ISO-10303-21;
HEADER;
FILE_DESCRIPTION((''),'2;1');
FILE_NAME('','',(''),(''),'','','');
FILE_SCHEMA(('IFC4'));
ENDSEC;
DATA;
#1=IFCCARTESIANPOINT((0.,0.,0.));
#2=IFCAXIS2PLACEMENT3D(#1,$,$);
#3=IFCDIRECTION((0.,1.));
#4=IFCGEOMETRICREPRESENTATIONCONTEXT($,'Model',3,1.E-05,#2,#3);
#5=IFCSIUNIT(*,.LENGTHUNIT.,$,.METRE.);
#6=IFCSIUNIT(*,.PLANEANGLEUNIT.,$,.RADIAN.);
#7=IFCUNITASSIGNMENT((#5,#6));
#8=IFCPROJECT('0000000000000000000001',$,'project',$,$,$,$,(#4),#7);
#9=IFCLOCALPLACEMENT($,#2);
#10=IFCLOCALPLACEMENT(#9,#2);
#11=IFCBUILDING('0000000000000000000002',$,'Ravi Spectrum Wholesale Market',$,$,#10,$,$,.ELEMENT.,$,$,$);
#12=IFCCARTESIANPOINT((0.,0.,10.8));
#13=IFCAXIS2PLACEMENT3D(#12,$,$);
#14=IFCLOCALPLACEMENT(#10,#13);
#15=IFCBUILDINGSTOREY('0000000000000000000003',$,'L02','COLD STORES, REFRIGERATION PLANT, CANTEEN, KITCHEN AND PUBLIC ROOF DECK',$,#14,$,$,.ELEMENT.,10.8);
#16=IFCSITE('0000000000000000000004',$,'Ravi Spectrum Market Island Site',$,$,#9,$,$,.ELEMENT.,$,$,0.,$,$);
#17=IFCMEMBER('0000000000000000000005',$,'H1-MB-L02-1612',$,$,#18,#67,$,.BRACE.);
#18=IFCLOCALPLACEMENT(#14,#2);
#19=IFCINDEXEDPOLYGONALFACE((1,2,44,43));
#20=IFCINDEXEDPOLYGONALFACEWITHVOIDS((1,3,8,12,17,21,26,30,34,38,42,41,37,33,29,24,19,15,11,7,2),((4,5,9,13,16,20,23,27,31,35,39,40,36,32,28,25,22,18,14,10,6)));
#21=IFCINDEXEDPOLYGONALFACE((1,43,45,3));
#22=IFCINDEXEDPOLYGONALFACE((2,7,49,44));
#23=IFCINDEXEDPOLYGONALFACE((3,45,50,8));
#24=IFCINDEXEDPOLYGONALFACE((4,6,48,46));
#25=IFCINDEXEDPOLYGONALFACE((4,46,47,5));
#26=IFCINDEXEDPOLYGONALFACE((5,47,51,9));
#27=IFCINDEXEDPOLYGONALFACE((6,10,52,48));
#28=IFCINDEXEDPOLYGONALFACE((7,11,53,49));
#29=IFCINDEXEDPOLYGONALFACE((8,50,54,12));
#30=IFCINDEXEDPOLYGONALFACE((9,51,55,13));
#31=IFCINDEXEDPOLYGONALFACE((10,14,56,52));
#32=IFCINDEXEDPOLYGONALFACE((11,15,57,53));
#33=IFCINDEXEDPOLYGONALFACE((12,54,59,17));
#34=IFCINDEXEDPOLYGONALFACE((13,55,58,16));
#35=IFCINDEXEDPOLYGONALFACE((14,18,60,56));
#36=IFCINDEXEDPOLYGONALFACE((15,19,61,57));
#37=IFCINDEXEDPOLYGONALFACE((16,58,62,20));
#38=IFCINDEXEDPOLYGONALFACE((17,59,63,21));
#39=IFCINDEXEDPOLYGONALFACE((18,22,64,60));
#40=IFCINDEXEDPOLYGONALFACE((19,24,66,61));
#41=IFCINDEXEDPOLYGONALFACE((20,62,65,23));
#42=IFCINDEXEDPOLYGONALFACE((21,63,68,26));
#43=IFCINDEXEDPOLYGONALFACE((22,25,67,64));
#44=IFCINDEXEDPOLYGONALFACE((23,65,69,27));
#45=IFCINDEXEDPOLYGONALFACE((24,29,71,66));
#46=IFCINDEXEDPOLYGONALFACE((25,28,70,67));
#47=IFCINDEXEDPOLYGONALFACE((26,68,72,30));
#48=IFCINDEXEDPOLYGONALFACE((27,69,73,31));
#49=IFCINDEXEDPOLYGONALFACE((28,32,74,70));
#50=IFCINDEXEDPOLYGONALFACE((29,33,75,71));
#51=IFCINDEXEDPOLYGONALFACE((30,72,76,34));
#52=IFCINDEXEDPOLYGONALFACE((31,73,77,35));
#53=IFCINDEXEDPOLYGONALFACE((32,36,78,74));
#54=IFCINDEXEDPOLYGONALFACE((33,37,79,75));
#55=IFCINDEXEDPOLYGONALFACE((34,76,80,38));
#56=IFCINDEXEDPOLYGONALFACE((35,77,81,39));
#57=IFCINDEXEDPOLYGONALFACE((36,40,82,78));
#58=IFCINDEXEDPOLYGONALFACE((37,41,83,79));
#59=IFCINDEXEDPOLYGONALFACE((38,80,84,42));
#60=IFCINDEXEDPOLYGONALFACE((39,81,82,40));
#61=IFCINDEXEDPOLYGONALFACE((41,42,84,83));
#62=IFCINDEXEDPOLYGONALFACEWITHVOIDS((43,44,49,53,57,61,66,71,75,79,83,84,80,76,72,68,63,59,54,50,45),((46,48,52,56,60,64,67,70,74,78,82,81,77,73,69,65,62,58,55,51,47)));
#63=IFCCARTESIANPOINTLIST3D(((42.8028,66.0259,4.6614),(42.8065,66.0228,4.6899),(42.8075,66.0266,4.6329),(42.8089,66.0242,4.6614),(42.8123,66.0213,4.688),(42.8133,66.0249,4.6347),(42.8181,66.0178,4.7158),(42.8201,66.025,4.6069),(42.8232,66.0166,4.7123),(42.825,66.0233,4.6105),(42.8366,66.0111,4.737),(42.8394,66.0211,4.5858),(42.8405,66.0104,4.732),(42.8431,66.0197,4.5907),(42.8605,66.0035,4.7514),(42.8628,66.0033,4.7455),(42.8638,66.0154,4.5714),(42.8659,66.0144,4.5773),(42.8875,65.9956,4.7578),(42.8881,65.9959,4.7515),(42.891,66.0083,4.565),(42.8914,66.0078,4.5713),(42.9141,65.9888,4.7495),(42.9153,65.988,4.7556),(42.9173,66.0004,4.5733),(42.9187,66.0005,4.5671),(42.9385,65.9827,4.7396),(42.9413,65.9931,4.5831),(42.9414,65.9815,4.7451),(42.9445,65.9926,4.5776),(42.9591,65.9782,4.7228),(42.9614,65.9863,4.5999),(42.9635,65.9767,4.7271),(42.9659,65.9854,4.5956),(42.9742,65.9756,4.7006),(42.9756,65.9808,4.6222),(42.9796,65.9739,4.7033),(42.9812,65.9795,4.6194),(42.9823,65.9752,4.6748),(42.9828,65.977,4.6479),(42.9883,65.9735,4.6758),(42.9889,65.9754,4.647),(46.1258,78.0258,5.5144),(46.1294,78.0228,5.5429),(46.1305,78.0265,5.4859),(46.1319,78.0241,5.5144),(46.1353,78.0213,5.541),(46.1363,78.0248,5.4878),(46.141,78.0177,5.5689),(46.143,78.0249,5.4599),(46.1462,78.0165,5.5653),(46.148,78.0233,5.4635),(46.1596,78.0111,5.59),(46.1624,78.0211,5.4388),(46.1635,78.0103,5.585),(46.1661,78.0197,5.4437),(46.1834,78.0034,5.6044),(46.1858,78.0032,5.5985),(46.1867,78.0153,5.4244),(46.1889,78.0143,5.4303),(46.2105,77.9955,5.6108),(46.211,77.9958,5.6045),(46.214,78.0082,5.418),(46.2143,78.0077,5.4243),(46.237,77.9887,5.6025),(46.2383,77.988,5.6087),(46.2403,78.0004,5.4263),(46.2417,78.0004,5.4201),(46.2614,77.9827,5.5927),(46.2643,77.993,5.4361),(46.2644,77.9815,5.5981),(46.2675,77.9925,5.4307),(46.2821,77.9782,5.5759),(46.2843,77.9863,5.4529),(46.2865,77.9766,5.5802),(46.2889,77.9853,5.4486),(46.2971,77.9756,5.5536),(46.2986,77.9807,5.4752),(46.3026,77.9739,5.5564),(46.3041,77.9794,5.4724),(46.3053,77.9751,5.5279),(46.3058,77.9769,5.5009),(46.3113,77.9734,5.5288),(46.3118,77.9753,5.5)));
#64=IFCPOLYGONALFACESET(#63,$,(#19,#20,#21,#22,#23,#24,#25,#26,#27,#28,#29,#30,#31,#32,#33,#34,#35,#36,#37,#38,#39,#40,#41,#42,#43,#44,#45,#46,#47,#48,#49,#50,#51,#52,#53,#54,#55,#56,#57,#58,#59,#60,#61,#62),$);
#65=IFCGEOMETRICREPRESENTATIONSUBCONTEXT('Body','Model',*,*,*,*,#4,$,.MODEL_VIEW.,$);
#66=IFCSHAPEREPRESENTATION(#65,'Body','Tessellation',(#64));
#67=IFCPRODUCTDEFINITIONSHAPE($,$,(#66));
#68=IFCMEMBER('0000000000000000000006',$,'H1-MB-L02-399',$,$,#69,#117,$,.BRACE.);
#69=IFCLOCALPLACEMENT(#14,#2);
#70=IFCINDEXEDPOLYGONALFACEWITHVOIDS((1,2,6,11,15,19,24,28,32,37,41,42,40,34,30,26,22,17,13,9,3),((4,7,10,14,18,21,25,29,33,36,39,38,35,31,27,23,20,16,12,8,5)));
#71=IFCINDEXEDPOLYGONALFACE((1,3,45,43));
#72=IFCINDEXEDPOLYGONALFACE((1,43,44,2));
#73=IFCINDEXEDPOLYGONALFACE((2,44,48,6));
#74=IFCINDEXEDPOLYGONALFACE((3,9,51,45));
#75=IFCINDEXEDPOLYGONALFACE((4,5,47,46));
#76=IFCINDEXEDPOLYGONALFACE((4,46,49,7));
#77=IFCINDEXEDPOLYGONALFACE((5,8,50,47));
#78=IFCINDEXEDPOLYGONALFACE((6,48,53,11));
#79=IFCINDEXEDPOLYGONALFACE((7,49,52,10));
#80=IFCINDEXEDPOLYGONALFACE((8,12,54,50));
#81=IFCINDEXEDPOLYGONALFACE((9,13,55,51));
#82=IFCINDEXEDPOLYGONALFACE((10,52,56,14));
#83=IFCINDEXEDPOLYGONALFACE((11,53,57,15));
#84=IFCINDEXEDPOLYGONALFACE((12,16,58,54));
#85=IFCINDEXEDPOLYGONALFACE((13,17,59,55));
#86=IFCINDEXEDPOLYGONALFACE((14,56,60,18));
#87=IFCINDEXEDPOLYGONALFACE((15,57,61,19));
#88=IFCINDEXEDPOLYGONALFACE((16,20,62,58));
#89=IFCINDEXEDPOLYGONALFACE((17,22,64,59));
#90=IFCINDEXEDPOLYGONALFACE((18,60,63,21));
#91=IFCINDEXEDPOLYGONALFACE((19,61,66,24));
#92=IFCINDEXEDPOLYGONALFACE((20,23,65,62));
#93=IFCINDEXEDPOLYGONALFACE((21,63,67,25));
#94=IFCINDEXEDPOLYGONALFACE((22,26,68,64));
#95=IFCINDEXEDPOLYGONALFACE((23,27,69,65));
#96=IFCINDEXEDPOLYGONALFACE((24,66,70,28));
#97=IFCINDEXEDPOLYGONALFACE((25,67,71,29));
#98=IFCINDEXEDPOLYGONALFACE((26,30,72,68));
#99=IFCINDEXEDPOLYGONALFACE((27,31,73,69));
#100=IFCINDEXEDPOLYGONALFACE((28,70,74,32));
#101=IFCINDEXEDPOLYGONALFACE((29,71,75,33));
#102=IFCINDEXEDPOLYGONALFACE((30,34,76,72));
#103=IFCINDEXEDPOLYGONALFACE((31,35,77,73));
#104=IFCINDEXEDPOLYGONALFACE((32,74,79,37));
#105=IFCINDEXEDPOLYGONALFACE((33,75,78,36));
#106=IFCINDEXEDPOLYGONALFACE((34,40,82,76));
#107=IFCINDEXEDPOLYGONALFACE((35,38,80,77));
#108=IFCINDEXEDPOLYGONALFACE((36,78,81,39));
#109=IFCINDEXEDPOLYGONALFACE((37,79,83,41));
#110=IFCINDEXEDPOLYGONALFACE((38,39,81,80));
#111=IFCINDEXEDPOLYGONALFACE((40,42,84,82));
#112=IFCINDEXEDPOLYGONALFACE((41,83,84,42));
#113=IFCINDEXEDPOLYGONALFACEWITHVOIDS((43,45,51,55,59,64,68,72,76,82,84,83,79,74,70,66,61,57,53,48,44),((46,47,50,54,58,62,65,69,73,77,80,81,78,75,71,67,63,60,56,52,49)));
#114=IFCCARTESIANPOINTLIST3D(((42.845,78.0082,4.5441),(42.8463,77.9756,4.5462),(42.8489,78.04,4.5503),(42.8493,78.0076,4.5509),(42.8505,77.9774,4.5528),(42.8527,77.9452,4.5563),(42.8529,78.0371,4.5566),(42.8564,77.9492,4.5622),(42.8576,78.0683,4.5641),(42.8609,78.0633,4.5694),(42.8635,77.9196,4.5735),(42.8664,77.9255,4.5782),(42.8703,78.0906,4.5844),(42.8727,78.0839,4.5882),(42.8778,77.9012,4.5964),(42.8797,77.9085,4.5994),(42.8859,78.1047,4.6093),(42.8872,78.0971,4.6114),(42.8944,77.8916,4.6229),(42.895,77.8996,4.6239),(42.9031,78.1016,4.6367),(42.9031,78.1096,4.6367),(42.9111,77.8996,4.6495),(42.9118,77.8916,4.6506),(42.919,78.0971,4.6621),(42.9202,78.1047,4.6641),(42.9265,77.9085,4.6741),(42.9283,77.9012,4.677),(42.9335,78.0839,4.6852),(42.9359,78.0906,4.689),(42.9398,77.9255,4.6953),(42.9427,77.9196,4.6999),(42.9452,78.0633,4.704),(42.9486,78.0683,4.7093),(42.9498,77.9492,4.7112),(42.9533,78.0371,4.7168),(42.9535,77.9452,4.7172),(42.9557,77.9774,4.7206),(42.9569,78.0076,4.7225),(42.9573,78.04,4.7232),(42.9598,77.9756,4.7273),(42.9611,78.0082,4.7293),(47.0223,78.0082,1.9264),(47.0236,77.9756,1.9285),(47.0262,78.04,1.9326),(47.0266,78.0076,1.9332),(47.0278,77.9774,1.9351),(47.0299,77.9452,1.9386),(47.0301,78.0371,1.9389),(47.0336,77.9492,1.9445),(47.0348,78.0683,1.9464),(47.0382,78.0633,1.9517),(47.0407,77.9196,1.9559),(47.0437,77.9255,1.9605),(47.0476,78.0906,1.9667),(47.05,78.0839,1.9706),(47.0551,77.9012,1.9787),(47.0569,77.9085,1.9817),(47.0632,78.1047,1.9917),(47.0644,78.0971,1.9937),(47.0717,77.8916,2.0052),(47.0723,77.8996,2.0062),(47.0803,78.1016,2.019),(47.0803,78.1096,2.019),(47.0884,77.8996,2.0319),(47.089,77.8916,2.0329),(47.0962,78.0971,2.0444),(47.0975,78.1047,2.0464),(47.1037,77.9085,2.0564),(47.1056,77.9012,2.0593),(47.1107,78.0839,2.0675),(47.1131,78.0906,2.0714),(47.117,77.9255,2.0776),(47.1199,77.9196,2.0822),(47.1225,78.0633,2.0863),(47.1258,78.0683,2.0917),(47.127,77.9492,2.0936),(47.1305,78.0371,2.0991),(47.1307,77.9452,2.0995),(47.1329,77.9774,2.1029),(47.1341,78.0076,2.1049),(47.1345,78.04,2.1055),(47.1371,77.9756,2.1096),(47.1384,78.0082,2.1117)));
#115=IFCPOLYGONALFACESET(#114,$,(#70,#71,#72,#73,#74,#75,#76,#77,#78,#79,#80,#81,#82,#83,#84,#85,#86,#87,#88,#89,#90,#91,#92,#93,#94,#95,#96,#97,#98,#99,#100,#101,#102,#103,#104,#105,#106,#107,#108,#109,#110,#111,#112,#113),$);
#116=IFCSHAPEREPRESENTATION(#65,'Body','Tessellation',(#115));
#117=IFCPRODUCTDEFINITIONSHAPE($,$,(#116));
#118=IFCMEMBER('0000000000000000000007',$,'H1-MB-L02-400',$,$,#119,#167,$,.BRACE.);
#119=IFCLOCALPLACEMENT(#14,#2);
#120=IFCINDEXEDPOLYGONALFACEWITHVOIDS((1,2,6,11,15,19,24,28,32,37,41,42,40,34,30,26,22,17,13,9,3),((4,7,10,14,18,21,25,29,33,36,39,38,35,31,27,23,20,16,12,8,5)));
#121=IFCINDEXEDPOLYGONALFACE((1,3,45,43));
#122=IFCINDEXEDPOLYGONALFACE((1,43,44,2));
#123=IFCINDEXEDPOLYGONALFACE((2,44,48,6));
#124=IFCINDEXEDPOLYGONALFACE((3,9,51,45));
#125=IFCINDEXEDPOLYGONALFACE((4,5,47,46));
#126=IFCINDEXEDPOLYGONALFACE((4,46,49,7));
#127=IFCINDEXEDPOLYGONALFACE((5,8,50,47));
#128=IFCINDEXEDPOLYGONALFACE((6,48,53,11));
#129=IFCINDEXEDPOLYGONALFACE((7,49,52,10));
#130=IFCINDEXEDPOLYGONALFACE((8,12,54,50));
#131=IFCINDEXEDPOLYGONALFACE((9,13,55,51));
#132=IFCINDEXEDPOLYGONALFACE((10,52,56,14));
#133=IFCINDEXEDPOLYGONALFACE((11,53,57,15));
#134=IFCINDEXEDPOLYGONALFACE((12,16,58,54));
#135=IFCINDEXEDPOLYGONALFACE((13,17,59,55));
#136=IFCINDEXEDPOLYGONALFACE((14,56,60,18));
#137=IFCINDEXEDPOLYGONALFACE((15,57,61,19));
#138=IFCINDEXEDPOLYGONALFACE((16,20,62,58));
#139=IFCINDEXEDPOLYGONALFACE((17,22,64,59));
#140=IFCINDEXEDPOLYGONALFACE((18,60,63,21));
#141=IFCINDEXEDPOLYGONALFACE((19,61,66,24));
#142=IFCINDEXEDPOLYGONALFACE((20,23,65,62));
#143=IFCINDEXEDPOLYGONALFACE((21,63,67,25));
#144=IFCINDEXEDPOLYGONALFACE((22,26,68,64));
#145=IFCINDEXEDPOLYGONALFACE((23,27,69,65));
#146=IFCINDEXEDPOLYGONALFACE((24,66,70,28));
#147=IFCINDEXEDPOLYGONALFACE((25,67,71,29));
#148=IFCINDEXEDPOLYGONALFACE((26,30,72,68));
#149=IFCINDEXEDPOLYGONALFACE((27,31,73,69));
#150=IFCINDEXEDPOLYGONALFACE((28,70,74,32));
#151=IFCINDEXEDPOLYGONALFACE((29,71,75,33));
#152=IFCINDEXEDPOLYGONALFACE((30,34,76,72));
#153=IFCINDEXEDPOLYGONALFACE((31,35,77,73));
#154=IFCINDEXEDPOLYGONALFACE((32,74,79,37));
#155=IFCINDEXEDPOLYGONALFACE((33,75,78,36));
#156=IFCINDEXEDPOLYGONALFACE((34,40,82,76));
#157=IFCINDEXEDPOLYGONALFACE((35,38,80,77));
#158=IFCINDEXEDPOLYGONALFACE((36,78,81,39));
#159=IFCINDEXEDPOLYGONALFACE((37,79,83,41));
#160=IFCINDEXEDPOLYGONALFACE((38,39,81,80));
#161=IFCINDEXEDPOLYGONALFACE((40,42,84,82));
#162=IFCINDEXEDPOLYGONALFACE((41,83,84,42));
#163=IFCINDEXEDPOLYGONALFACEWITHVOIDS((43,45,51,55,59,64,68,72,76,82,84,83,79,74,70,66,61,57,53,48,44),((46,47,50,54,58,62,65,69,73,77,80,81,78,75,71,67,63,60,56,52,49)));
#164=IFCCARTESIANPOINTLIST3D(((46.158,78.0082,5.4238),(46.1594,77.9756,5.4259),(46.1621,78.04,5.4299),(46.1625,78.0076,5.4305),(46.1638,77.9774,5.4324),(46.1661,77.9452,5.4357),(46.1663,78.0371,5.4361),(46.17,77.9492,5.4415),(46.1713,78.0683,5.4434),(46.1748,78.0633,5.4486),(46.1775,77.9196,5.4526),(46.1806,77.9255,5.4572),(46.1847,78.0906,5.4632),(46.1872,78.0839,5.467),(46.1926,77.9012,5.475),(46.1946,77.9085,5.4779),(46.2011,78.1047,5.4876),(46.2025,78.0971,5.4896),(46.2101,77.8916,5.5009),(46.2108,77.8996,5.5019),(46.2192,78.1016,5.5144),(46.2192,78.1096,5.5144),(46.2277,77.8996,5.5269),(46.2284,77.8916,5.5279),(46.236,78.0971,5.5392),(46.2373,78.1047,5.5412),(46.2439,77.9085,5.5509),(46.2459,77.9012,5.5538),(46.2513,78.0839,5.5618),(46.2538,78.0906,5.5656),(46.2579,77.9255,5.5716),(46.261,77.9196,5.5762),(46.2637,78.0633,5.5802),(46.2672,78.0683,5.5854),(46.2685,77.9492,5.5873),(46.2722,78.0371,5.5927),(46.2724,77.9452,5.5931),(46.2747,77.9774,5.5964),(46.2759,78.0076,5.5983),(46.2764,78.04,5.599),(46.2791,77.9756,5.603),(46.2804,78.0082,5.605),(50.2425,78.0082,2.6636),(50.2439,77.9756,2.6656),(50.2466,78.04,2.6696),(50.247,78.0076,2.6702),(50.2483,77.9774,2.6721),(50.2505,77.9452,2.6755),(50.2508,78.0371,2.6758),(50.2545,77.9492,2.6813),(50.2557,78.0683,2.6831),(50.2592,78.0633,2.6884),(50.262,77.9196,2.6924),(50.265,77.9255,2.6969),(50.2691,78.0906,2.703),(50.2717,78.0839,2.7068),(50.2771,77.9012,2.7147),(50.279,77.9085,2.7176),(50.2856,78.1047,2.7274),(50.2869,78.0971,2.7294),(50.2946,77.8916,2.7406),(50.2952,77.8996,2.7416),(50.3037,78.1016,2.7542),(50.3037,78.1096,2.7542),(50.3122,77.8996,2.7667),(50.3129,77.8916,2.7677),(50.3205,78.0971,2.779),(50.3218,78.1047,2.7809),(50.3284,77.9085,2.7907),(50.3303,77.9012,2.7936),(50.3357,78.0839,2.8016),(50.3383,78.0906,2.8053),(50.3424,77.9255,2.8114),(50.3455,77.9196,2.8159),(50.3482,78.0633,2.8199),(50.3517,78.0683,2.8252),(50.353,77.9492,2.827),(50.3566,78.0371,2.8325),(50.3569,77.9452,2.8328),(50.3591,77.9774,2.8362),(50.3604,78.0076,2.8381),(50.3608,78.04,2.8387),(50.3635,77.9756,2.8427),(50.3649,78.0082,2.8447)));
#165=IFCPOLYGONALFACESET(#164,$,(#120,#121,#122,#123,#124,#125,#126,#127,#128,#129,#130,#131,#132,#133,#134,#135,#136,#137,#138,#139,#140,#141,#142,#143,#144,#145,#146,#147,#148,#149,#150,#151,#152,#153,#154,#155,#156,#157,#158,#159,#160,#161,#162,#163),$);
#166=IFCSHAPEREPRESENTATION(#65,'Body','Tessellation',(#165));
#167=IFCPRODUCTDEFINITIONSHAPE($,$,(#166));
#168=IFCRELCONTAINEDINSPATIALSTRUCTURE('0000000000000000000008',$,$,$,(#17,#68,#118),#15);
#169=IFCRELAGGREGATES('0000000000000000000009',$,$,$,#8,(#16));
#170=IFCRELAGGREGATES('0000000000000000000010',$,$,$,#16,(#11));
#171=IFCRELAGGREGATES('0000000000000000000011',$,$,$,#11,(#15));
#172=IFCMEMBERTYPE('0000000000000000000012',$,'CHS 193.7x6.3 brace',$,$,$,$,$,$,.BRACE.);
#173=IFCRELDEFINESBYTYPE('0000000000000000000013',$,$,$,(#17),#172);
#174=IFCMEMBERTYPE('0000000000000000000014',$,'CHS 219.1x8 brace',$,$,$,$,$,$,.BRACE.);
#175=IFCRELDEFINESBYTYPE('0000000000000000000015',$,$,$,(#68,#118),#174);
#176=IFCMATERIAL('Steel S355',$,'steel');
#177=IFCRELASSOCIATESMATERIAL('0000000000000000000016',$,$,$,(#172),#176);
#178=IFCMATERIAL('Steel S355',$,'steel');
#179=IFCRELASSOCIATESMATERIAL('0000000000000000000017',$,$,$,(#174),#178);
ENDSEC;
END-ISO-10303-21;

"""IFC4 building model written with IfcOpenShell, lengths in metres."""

from ifc_helpers import new_model, si_unit, direction, frame, origin, origin_2d, place, context, subcontext, project, spatial, hollow_circle, extrude, material, material_profile, profile_set, type_object, element, save


model = new_model("IFC4")

# Units and contexts
model_context = context("Model", 3, precision=1e-05, world=origin(), true_north=direction((0.0, 1.0)))
body_context = subcontext(model_context, "Body", "Model", "MODEL_VIEW")
ifc_project = project(units=[si_unit("LENGTHUNIT", "METRE"), si_unit("PLANEANGLEUNIT", "RADIAN")], contexts=[model_context])

# Site, building, storey
site_placement = place(None, origin())
site = spatial("IfcSite", under=ifc_project, at=site_placement, Name="Ravi Spectrum Market Island Site", CompositionType="ELEMENT", RefElevation=0.0)
building_placement = place(site_placement, origin())
building = spatial("IfcBuilding", under=site, at=building_placement, Name="Ravi Spectrum Wholesale Market", CompositionType="ELEMENT")
storey_placement = place(building_placement, frame((0.0, 0.0, 10.8)))
storey = spatial("IfcBuildingStorey", under=building, at=storey_placement, Name="L02", Description="COLD STORES, REFRIGERATION PLANT, CANTEEN, KITCHEN AND PUBLIC ROOF DECK", CompositionType="ELEMENT", Elevation=10.8)

# Members
ifc_material_1 = material(Name="Steel S355", Category="steel")
ifc_material_profile_1 = material_profile(ifc_material_1, hollow_circle(Radius=0.0969, WallThickness=0.0063, at=origin_2d()))
ifc_profile_set_1 = profile_set([ifc_material_profile_1], Name="Steel S355")
member_type_1 = type_object("IfcMemberType", Name="CHS 193.7x6.3 brace", PredefinedType="BRACE", material=ifc_profile_set_1)
member_1_placement = place(storey_placement, frame((42.8962, 66.0, 4.6614), z_axis=(0.266249, 0.961478, 0.068347), x_axis=(-0.963732, 0.266873, 0.0)))
element("IfcMember", 1, at=member_1_placement, inside=storey, type_object=member_type_1, Name="H1-MB-L02-1612", PredefinedType="BRACE", context=body_context, shape_type="SweptSolid", body=[
    extrude(hollow_circle(Radius=0.0969, WallThickness=0.0063, at=origin_2d()), origin(), (0.0, 0.0, 1.0), 12.4807),
])
ifc_material_2 = material(Name="Steel S355", Category="steel")
ifc_material_profile_2 = material_profile(ifc_material_2, hollow_circle(Radius=0.1096, WallThickness=0.0081, at=origin_2d()))
ifc_profile_set_2 = profile_set([ifc_material_profile_2], Name="Steel S355")
member_type_2 = type_object("IfcMemberType", Name="CHS 219.1x8 brace", PredefinedType="BRACE", material=ifc_profile_set_2)
for number, where, z_axis, x_axis, name in (
    (2, (42.9031, 78.0, 4.6367), (0.847369, 0.0, -0.531005), (0.0, 1.0, 0.0), "H1-MB-L02-399"),
    (3, (46.2192, 78.0, 5.5144), (0.828544, 0.0, -0.559924), (0.0, 1.0, 0.0), "H1-MB-L02-400"),
):
    element("IfcMember", number, at=place(storey_placement, frame(where, z_axis=z_axis, x_axis=x_axis)), inside=storey, type_object=member_type_2, Name=name, PredefinedType="BRACE", context=body_context, shape_type="SweptSolid", body=[
        extrude(hollow_circle(Radius=0.1096, WallThickness=0.0081, at=origin_2d()), origin(), (0.0, 0.0, 1.0), 4.9297),
    ])

save(model, "model.ifc")
